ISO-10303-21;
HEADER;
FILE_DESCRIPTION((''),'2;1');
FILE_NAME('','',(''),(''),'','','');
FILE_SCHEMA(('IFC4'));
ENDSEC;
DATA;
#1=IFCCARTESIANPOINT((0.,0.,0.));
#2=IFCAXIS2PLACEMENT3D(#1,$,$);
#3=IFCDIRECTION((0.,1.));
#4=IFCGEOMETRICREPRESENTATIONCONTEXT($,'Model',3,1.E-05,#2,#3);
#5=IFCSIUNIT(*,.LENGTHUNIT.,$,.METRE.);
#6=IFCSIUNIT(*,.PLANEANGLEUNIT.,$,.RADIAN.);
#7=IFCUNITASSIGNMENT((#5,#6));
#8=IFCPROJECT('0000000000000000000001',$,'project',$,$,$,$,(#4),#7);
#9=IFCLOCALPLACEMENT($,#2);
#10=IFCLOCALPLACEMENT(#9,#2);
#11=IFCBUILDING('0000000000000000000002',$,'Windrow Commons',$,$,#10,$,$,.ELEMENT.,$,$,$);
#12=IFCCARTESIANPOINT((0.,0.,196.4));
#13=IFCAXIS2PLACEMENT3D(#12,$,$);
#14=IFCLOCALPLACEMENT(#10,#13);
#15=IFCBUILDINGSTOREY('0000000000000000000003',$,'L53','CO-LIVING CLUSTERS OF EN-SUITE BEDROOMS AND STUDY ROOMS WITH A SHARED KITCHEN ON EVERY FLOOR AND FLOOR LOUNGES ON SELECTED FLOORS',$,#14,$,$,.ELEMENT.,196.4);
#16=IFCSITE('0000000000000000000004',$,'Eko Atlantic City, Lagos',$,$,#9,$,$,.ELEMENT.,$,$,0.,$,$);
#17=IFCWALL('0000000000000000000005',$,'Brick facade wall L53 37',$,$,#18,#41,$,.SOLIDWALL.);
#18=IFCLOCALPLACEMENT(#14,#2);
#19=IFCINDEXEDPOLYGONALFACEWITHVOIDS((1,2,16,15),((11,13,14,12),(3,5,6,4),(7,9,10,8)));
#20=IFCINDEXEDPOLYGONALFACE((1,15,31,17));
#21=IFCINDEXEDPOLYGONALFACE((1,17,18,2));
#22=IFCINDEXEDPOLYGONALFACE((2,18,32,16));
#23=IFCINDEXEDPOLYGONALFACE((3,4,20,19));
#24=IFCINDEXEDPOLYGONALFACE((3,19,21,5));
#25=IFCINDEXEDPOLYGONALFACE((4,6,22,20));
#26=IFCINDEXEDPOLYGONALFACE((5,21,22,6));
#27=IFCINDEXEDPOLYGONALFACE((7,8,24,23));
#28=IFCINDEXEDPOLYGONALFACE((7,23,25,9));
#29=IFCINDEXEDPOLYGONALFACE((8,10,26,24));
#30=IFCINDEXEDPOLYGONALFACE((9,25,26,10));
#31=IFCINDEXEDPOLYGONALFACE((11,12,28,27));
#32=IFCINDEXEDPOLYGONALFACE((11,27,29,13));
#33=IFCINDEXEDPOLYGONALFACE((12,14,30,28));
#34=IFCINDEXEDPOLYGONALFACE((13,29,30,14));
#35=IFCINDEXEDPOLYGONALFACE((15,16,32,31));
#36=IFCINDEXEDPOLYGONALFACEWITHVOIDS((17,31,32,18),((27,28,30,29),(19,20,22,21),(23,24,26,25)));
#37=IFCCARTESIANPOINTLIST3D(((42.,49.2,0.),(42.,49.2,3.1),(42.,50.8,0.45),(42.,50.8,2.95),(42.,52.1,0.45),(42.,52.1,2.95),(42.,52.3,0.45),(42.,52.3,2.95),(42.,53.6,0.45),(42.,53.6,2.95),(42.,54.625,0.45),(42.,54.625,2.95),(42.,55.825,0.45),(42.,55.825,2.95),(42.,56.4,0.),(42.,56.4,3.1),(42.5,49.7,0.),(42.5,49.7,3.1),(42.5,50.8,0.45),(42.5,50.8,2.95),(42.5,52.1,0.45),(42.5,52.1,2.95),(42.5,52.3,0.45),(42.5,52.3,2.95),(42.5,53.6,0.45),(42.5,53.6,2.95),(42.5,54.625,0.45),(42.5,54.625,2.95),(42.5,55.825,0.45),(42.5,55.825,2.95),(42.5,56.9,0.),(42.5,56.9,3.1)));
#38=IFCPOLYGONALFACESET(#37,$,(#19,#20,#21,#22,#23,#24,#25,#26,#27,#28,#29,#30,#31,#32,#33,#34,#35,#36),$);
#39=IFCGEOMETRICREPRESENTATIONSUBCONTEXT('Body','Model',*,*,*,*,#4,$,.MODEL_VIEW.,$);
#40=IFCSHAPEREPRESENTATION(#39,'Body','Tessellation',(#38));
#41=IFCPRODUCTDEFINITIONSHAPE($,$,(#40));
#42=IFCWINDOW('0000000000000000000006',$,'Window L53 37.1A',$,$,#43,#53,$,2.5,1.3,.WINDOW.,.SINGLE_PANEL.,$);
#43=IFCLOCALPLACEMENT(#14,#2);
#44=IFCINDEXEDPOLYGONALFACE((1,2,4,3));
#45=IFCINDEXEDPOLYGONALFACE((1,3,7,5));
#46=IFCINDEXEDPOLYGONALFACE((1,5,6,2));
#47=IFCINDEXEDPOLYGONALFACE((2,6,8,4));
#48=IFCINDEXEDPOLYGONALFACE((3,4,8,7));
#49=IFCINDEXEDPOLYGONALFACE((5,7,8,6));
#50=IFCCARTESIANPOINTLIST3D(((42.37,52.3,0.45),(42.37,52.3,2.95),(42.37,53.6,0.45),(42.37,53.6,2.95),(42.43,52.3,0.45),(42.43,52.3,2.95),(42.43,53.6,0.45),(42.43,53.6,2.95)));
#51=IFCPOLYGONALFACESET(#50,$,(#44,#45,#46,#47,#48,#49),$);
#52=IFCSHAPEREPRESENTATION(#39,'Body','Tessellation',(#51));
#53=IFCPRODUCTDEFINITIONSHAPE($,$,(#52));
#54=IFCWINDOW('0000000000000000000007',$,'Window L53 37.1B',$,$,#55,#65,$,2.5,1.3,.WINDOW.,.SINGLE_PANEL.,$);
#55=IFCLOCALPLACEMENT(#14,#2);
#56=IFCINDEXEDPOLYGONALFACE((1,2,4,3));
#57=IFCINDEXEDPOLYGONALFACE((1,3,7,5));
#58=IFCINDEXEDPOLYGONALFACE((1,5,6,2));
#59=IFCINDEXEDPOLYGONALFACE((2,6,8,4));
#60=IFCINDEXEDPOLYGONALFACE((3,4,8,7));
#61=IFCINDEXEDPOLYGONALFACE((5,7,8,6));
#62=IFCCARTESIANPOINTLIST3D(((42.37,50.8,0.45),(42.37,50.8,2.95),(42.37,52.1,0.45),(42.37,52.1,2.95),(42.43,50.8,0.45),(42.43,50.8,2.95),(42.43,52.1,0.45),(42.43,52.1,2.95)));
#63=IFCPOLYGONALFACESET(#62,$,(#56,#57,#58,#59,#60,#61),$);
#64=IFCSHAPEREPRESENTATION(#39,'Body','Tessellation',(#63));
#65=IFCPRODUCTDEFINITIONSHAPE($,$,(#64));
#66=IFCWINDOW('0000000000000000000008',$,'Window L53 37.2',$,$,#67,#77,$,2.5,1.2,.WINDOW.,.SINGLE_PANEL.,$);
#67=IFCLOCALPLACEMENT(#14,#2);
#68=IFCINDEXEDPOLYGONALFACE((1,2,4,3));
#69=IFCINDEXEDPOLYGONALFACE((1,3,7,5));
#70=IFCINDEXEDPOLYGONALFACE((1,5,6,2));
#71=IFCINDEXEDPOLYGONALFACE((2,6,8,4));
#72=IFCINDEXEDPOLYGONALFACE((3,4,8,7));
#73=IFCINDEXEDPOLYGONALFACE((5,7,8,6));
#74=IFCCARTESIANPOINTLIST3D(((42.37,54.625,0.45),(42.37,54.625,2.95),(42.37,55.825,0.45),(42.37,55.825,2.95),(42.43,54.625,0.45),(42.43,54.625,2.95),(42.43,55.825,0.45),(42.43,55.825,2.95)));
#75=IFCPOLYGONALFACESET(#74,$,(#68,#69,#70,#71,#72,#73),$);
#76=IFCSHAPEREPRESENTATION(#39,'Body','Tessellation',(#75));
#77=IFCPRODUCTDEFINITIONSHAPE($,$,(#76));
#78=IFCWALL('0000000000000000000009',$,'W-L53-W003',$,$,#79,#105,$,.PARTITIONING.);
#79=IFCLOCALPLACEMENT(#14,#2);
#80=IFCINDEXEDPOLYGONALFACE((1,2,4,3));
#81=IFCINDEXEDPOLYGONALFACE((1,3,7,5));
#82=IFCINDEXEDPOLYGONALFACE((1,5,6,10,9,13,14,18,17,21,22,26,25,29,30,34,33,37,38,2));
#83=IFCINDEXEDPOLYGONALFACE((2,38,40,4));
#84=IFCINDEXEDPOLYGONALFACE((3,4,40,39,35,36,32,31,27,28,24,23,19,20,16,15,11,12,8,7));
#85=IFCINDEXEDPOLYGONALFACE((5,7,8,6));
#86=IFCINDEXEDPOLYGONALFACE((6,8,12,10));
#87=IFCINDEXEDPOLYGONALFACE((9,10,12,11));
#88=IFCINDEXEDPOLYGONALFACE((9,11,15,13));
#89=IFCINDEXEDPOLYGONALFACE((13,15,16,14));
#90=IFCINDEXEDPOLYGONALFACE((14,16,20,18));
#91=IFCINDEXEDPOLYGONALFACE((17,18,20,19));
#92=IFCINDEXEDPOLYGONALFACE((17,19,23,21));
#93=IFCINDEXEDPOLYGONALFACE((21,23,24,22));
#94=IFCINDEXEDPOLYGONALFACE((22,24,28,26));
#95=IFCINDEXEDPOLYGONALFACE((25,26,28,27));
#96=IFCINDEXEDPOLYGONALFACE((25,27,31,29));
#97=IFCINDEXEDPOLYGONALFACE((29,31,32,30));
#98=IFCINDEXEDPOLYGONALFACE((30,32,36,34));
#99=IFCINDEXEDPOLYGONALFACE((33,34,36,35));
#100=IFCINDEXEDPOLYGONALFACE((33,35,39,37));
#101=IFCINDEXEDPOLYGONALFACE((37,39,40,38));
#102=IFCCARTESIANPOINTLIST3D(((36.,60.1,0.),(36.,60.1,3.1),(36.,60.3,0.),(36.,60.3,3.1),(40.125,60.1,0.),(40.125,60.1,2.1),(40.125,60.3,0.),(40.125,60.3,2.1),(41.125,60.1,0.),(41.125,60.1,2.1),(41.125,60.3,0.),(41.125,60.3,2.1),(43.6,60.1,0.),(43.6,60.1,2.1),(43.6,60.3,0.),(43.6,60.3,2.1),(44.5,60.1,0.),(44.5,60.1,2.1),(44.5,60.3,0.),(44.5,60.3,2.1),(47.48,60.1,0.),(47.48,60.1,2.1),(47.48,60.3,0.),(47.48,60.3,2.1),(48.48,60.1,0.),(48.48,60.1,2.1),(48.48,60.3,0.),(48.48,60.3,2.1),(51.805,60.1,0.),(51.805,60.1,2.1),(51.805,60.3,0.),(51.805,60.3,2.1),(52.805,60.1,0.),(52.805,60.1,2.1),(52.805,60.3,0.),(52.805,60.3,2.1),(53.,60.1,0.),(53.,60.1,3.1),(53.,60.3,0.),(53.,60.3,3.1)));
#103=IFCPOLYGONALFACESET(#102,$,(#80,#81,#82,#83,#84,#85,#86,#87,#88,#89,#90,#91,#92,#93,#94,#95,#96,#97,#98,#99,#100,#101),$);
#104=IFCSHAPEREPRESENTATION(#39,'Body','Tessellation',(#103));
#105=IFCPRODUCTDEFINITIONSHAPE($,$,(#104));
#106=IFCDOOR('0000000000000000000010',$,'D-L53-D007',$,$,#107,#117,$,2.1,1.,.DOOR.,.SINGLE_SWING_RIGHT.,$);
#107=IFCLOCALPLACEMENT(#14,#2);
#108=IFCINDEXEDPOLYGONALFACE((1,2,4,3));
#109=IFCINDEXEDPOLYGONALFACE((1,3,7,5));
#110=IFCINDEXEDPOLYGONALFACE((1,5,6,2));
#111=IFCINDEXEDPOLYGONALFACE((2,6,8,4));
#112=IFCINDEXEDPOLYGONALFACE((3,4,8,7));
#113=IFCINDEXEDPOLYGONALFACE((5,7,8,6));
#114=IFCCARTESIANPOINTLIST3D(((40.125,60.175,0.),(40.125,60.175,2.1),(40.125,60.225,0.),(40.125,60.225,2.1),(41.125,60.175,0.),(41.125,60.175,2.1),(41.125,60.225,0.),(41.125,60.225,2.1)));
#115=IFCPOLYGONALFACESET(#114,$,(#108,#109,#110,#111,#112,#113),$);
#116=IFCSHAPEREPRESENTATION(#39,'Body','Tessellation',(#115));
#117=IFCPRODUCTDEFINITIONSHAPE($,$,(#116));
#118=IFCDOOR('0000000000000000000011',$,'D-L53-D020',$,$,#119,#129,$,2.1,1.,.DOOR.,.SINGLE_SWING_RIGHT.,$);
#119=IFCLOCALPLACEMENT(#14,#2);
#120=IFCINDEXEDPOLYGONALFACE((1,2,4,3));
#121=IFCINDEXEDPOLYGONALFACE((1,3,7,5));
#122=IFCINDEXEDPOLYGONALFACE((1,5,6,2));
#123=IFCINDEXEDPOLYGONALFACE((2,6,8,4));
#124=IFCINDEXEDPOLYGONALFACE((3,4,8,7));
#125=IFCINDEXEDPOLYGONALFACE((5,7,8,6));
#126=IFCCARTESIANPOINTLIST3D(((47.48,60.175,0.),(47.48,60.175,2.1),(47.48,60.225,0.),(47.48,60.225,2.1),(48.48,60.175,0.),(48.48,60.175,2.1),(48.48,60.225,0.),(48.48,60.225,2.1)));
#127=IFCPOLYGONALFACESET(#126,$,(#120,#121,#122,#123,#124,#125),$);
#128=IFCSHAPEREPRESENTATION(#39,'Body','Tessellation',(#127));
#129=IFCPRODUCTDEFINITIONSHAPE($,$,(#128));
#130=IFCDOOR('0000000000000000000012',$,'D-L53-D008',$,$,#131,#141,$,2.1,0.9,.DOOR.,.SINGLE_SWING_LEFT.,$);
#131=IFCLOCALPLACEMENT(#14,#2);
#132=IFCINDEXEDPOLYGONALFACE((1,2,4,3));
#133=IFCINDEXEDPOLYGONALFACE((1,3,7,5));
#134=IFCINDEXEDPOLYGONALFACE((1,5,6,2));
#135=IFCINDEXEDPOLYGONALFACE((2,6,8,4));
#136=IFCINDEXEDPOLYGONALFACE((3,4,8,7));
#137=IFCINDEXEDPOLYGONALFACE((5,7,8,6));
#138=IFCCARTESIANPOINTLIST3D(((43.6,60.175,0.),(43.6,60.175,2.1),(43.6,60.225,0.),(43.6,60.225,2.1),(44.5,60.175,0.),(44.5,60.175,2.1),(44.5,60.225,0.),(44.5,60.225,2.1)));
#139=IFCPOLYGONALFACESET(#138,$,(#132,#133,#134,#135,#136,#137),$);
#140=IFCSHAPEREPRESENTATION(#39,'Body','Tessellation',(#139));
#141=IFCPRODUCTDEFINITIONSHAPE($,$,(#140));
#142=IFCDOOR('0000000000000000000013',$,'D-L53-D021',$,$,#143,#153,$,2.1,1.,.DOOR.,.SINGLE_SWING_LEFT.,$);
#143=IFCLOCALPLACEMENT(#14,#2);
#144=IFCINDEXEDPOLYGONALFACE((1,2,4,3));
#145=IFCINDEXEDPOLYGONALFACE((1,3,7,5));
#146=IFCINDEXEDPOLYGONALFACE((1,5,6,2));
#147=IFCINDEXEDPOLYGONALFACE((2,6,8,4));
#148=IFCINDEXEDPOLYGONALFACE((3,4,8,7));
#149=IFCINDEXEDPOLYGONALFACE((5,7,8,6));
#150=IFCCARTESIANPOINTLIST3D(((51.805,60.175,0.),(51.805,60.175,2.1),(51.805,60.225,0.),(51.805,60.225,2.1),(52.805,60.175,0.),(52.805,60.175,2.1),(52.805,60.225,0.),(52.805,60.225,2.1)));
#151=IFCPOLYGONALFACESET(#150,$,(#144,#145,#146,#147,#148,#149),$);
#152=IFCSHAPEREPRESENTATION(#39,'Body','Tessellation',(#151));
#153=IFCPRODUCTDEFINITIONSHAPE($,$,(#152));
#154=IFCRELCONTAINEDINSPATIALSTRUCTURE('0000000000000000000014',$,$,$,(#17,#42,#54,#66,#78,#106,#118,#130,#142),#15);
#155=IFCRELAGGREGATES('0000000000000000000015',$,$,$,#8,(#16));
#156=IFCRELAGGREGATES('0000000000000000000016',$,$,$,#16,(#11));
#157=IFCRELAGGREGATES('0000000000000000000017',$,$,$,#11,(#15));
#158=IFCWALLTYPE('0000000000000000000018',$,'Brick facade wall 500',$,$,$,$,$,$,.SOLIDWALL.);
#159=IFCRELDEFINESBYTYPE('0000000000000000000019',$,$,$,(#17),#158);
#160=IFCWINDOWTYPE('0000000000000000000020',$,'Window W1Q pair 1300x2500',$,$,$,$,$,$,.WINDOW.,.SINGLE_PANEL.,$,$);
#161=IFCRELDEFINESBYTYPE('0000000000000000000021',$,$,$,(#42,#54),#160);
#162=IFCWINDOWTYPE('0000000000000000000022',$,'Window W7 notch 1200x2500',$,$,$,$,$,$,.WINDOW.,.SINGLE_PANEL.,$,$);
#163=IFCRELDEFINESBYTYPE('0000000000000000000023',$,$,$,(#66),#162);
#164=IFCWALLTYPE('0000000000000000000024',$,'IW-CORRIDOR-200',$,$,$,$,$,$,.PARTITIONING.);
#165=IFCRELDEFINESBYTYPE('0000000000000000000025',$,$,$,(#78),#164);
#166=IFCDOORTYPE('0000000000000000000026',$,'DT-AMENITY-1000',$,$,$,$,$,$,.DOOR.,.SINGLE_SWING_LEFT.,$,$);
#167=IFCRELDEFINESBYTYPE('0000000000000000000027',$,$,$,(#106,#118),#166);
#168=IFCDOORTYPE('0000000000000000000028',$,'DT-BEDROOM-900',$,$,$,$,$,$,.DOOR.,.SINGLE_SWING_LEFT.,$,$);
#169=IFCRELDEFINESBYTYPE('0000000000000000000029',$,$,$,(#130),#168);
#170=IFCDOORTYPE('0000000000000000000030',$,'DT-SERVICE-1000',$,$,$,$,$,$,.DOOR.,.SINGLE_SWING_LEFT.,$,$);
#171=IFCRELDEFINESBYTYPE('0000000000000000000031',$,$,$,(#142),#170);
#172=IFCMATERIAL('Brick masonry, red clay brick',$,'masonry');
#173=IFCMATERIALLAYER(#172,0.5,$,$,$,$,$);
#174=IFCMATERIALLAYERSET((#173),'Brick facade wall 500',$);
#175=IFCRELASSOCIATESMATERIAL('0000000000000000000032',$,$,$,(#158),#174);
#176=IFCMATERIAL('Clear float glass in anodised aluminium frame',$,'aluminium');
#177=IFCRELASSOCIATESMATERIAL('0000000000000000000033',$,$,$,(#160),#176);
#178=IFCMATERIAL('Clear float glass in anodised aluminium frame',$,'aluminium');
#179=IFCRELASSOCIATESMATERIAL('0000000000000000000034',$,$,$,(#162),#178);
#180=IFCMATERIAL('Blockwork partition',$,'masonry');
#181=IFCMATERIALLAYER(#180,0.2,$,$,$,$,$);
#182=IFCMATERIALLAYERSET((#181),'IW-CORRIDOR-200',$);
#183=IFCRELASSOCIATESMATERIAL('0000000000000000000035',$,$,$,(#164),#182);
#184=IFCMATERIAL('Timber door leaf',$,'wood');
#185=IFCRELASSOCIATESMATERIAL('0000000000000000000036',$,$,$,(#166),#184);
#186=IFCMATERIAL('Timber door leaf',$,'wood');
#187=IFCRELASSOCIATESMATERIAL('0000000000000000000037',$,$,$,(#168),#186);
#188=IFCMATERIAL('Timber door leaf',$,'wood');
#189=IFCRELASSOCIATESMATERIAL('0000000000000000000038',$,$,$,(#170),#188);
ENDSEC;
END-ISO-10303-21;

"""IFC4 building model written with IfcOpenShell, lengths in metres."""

from ifc_helpers import new_model, si_unit, direction, frame, frame_2d, origin, place, context, subcontext, project, spatial, polyline, rectangle, outline, extrude, material, layer, layer_set, type_object, element, fill, save


model = new_model("IFC4")

# Units and contexts
model_context = context("Model", 3, precision=1e-05, world=origin(), true_north=direction((0.0, 1.0)))
body_context = subcontext(model_context, "Body", "Model", "MODEL_VIEW")
ifc_project = project(units=[si_unit("LENGTHUNIT", "METRE"), si_unit("PLANEANGLEUNIT", "RADIAN")], contexts=[model_context])

# Site, building, storey
site_placement = place(None, origin())
site = spatial("IfcSite", under=ifc_project, at=site_placement, Name="Eko Atlantic City, Lagos", CompositionType="ELEMENT", RefElevation=0.0)
building_placement = place(site_placement, origin())
building = spatial("IfcBuilding", under=site, at=building_placement, Name="Windrow Commons", CompositionType="ELEMENT")
storey_placement = place(building_placement, frame((0.0, 0.0, 196.4)))
storey = spatial("IfcBuildingStorey", under=building, at=storey_placement, Name="L53", Description="CO-LIVING CLUSTERS OF EN-SUITE BEDROOMS AND STUDY ROOMS WITH A SHARED KITCHEN ON EVERY FLOOR AND FLOOR LOUNGES ON SELECTED FLOORS", CompositionType="ELEMENT", Elevation=196.4)

# Wall, openings, windows
ifc_material_1 = material(Name="Brick masonry, red clay brick", Category="masonry")
ifc_layer_1 = layer(ifc_material_1, 0.5)
ifc_layer_set_1 = layer_set([ifc_layer_1], Name="Brick facade wall 500")
wall_type_1 = type_object("IfcWallType", Name="Brick facade wall 500", PredefinedType="SOLIDWALL", material=ifc_layer_set_1)
ifc_material_2 = material(Name="Clear float glass in anodised aluminium frame", Category="aluminium")
window_type_1 = type_object("IfcWindowType", Name="Window W1Q pair 1300x2500", PartitioningType="SINGLE_PANEL", PredefinedType="WINDOW", material=ifc_material_2)
ifc_material_3 = material(Name="Clear float glass in anodised aluminium frame", Category="aluminium")
window_type_2 = type_object("IfcWindowType", Name="Window W7 notch 1200x2500", PartitioningType="SINGLE_PANEL", PredefinedType="WINDOW", material=ifc_material_3)
wall_1_placement = place(storey_placement, frame((42.25, 56.65, 0.0), z_axis=(0.0, 0.0, 1.0), x_axis=(0.0, -1.0, 0.0)))
wall_1 = element("IfcWall", 1, at=wall_1_placement, inside=storey, type_object=wall_type_1, Name="Brick facade wall L53 37", PredefinedType="SOLIDWALL", context=body_context, shape_type="SweptSolid", body=[
    extrude(outline(polyline([(0.25, -0.25), (7.45, -0.25), (6.95, 0.25), (-0.25, 0.25), (0.25, -0.25)])), origin(), (0.0, 0.0, 1.0), 3.1),
])
opening_1_placement = place(wall_1_placement, frame((3.05, 0.0, 0.45)))
opening_1 = element("IfcOpeningElement", 2, at=opening_1_placement, cuts=wall_1, PredefinedType="OPENING", context=body_context, shape_type="SweptSolid", body=[
    extrude(rectangle(XDim=1.3, YDim=2.5, at=frame_2d((0.65, 1.25))), frame((0.0, 0.26, 0.0), z_axis=(0.0, -1.0, 0.0), x_axis=(1.0, 0.0, 0.0)), (0.0, 0.0, 1.0), 0.52),
])
opening_2_placement = place(wall_1_placement, frame((4.55, 0.0, 0.45)))
opening_2 = element("IfcOpeningElement", 3, at=opening_2_placement, cuts=wall_1, PredefinedType="OPENING", context=body_context, shape_type="SweptSolid", body=[
    extrude(rectangle(XDim=1.3, YDim=2.5, at=frame_2d((0.65, 1.25))), frame((0.0, 0.26, 0.0), z_axis=(0.0, -1.0, 0.0), x_axis=(1.0, 0.0, 0.0)), (0.0, 0.0, 1.0), 0.52),
])
opening_3_placement = place(wall_1_placement, frame((0.825, 0.0, 0.45)))
opening_3 = element("IfcOpeningElement", 4, at=opening_3_placement, cuts=wall_1, PredefinedType="OPENING", context=body_context, shape_type="SweptSolid", body=[
    extrude(rectangle(XDim=1.2, YDim=2.5, at=frame_2d((0.6, 1.25))), frame((0.0, 0.26, 0.0), z_axis=(0.0, -1.0, 0.0), x_axis=(1.0, 0.0, 0.0)), (0.0, 0.0, 1.0), 0.52),
])
window_1_placement = place(opening_1_placement, origin())
window_1 = element("IfcWindow", 5, at=window_1_placement, inside=storey, type_object=window_type_1, Name="Window L53 37.1A", OverallHeight=2.5, OverallWidth=1.3, PartitioningType="SINGLE_PANEL", PredefinedType="WINDOW", context=body_context, shape_type="SweptSolid", body=[
    extrude(rectangle(XDim=1.3, YDim=2.5, at=frame_2d((0.65, 1.25))), frame((0.0, 0.18, 0.0), z_axis=(0.0, -1.0, 0.0), x_axis=(1.0, 0.0, 0.0)), (0.0, 0.0, 1.0), 0.06),
])
fill(opening_1, window_1)
window_2_placement = place(opening_2_placement, origin())
window_2 = element("IfcWindow", 6, at=window_2_placement, inside=storey, type_object=window_type_1, Name="Window L53 37.1B", OverallHeight=2.5, OverallWidth=1.3, PartitioningType="SINGLE_PANEL", PredefinedType="WINDOW", context=body_context, shape_type="SweptSolid", body=[
    extrude(rectangle(XDim=1.3, YDim=2.5, at=frame_2d((0.65, 1.25))), frame((0.0, 0.18, 0.0), z_axis=(0.0, -1.0, 0.0), x_axis=(1.0, 0.0, 0.0)), (0.0, 0.0, 1.0), 0.06),
])
fill(opening_2, window_2)
window_3_placement = place(opening_3_placement, origin())
window_3 = element("IfcWindow", 7, at=window_3_placement, inside=storey, type_object=window_type_2, Name="Window L53 37.2", OverallHeight=2.5, OverallWidth=1.2, PartitioningType="SINGLE_PANEL", PredefinedType="WINDOW", context=body_context, shape_type="SweptSolid", body=[
    extrude(rectangle(XDim=1.2, YDim=2.5, at=frame_2d((0.6, 1.25))), frame((0.0, 0.18, 0.0), z_axis=(0.0, -1.0, 0.0), x_axis=(1.0, 0.0, 0.0)), (0.0, 0.0, 1.0), 0.06),
])
fill(opening_3, window_3)

# Wall, openings, doors
ifc_material_4 = material(Name="Blockwork partition", Category="masonry")
ifc_layer_2 = layer(ifc_material_4, 0.2)
ifc_layer_set_2 = layer_set([ifc_layer_2], Name="IW-CORRIDOR-200")
wall_type_2 = type_object("IfcWallType", Name="IW-CORRIDOR-200", PredefinedType="PARTITIONING", material=ifc_layer_set_2)
wall_2_placement = place(storey_placement, frame((36.0, 60.2, 0.0), z_axis=(0.0, 0.0, 1.0), x_axis=(1.0, 0.0, 0.0)))
wall_2 = element("IfcWall", 8, at=wall_2_placement, inside=storey, type_object=wall_type_2, Name="W-L53-W003", PredefinedType="PARTITIONING", context=body_context, shape_type="SweptSolid", body=[
    extrude(rectangle(XDim=17.0, YDim=0.2, at=frame_2d((8.5, 0.0))), origin(), (0.0, 0.0, 1.0), 3.1),
])
opening_4_placement = place(wall_2_placement, frame((4.125, 0.0, 0.0)))
opening_4 = element("IfcOpeningElement", 9, at=opening_4_placement, cuts=wall_2, PredefinedType="OPENING", context=body_context, shape_type="SweptSolid", body=[
    extrude(rectangle(XDim=1.0, YDim=2.1, at=frame_2d((0.5, 1.05))), frame((0.0, 0.11, 0.0), z_axis=(0.0, -1.0, 0.0), x_axis=(1.0, 0.0, 0.0)), (0.0, 0.0, 1.0), 0.22),
])
opening_5_placement = place(wall_2_placement, frame((7.6, 0.0, 0.0)))
opening_5 = element("IfcOpeningElement", 10, at=opening_5_placement, cuts=wall_2, PredefinedType="OPENING", context=body_context, shape_type="SweptSolid", body=[
    extrude(rectangle(XDim=0.9, YDim=2.1, at=frame_2d((0.45, 1.05))), frame((0.0, 0.11, 0.0), z_axis=(0.0, -1.0, 0.0), x_axis=(1.0, 0.0, 0.0)), (0.0, 0.0, 1.0), 0.22),
])
opening_6_placement = place(wall_2_placement, frame((11.48, 0.0, 0.0)))
opening_6 = element("IfcOpeningElement", 11, at=opening_6_placement, cuts=wall_2, PredefinedType="OPENING", context=body_context, shape_type="SweptSolid", body=[
    extrude(rectangle(XDim=1.0, YDim=2.1, at=frame_2d((0.5, 1.05))), frame((0.0, 0.11, 0.0), z_axis=(0.0, -1.0, 0.0), x_axis=(1.0, 0.0, 0.0)), (0.0, 0.0, 1.0), 0.22),
])
opening_7_placement = place(wall_2_placement, frame((15.805, 0.0, 0.0)))
opening_7 = element("IfcOpeningElement", 12, at=opening_7_placement, cuts=wall_2, PredefinedType="OPENING", context=body_context, shape_type="SweptSolid", body=[
    extrude(rectangle(XDim=1.0, YDim=2.1, at=frame_2d((0.5, 1.05))), frame((0.0, 0.11, 0.0), z_axis=(0.0, -1.0, 0.0), x_axis=(1.0, 0.0, 0.0)), (0.0, 0.0, 1.0), 0.22),
])
ifc_material_5 = material(Name="Timber door leaf", Category="wood")
door_type_1 = type_object("IfcDoorType", Name="DT-AMENITY-1000", OperationType="SINGLE_SWING_LEFT", PredefinedType="DOOR", material=ifc_material_5)
door_1_placement = place(opening_4_placement, origin())
door_1 = element("IfcDoor", 13, at=door_1_placement, inside=storey, type_object=door_type_1, Name="D-L53-D007", OperationType="SINGLE_SWING_RIGHT", OverallHeight=2.1, OverallWidth=1.0, PredefinedType="DOOR", context=body_context, shape_type="SweptSolid", body=[
    extrude(rectangle(XDim=1.0, YDim=2.1, at=frame_2d((0.5, 1.05))), frame((0.0, 0.025, 0.0), z_axis=(0.0, -1.0, 0.0), x_axis=(1.0, 0.0, 0.0)), (0.0, 0.0, 1.0), 0.05),
])
fill(opening_4, door_1)
door_2_placement = place(opening_6_placement, origin())
door_2 = element("IfcDoor", 14, at=door_2_placement, inside=storey, type_object=door_type_1, Name="D-L53-D020", OperationType="SINGLE_SWING_RIGHT", OverallHeight=2.1, OverallWidth=1.0, PredefinedType="DOOR", context=body_context, shape_type="SweptSolid", body=[
    extrude(rectangle(XDim=1.0, YDim=2.1, at=frame_2d((0.5, 1.05))), frame((0.0, 0.025, 0.0), z_axis=(0.0, -1.0, 0.0), x_axis=(1.0, 0.0, 0.0)), (0.0, 0.0, 1.0), 0.05),
])
fill(opening_6, door_2)
ifc_material_6 = material(Name="Timber door leaf", Category="wood")
door_type_2 = type_object("IfcDoorType", Name="DT-BEDROOM-900", OperationType="SINGLE_SWING_LEFT", PredefinedType="DOOR", material=ifc_material_6)
door_3_placement = place(opening_5_placement, origin())
door_3 = element("IfcDoor", 15, at=door_3_placement, inside=storey, type_object=door_type_2, Name="D-L53-D008", OperationType="SINGLE_SWING_LEFT", OverallHeight=2.1, OverallWidth=0.9, PredefinedType="DOOR", context=body_context, shape_type="SweptSolid", body=[
    extrude(rectangle(XDim=0.9, YDim=2.1, at=frame_2d((0.45, 1.05))), frame((0.0, 0.025, 0.0), z_axis=(0.0, -1.0, 0.0), x_axis=(1.0, 0.0, 0.0)), (0.0, 0.0, 1.0), 0.05),
])
fill(opening_5, door_3)
ifc_material_7 = material(Name="Timber door leaf", Category="wood")
door_type_3 = type_object("IfcDoorType", Name="DT-SERVICE-1000", OperationType="SINGLE_SWING_LEFT", PredefinedType="DOOR", material=ifc_material_7)
door_4_placement = place(opening_7_placement, origin())
door_4 = element("IfcDoor", 16, at=door_4_placement, inside=storey, type_object=door_type_3, Name="D-L53-D021", OperationType="SINGLE_SWING_LEFT", OverallHeight=2.1, OverallWidth=1.0, PredefinedType="DOOR", context=body_context, shape_type="SweptSolid", body=[
    extrude(rectangle(XDim=1.0, YDim=2.1, at=frame_2d((0.5, 1.05))), frame((0.0, 0.025, 0.0), z_axis=(0.0, -1.0, 0.0), x_axis=(1.0, 0.0, 0.0)), (0.0, 0.0, 1.0), 0.05),
])
fill(opening_7, door_4)

save(model, "model.ifc")
